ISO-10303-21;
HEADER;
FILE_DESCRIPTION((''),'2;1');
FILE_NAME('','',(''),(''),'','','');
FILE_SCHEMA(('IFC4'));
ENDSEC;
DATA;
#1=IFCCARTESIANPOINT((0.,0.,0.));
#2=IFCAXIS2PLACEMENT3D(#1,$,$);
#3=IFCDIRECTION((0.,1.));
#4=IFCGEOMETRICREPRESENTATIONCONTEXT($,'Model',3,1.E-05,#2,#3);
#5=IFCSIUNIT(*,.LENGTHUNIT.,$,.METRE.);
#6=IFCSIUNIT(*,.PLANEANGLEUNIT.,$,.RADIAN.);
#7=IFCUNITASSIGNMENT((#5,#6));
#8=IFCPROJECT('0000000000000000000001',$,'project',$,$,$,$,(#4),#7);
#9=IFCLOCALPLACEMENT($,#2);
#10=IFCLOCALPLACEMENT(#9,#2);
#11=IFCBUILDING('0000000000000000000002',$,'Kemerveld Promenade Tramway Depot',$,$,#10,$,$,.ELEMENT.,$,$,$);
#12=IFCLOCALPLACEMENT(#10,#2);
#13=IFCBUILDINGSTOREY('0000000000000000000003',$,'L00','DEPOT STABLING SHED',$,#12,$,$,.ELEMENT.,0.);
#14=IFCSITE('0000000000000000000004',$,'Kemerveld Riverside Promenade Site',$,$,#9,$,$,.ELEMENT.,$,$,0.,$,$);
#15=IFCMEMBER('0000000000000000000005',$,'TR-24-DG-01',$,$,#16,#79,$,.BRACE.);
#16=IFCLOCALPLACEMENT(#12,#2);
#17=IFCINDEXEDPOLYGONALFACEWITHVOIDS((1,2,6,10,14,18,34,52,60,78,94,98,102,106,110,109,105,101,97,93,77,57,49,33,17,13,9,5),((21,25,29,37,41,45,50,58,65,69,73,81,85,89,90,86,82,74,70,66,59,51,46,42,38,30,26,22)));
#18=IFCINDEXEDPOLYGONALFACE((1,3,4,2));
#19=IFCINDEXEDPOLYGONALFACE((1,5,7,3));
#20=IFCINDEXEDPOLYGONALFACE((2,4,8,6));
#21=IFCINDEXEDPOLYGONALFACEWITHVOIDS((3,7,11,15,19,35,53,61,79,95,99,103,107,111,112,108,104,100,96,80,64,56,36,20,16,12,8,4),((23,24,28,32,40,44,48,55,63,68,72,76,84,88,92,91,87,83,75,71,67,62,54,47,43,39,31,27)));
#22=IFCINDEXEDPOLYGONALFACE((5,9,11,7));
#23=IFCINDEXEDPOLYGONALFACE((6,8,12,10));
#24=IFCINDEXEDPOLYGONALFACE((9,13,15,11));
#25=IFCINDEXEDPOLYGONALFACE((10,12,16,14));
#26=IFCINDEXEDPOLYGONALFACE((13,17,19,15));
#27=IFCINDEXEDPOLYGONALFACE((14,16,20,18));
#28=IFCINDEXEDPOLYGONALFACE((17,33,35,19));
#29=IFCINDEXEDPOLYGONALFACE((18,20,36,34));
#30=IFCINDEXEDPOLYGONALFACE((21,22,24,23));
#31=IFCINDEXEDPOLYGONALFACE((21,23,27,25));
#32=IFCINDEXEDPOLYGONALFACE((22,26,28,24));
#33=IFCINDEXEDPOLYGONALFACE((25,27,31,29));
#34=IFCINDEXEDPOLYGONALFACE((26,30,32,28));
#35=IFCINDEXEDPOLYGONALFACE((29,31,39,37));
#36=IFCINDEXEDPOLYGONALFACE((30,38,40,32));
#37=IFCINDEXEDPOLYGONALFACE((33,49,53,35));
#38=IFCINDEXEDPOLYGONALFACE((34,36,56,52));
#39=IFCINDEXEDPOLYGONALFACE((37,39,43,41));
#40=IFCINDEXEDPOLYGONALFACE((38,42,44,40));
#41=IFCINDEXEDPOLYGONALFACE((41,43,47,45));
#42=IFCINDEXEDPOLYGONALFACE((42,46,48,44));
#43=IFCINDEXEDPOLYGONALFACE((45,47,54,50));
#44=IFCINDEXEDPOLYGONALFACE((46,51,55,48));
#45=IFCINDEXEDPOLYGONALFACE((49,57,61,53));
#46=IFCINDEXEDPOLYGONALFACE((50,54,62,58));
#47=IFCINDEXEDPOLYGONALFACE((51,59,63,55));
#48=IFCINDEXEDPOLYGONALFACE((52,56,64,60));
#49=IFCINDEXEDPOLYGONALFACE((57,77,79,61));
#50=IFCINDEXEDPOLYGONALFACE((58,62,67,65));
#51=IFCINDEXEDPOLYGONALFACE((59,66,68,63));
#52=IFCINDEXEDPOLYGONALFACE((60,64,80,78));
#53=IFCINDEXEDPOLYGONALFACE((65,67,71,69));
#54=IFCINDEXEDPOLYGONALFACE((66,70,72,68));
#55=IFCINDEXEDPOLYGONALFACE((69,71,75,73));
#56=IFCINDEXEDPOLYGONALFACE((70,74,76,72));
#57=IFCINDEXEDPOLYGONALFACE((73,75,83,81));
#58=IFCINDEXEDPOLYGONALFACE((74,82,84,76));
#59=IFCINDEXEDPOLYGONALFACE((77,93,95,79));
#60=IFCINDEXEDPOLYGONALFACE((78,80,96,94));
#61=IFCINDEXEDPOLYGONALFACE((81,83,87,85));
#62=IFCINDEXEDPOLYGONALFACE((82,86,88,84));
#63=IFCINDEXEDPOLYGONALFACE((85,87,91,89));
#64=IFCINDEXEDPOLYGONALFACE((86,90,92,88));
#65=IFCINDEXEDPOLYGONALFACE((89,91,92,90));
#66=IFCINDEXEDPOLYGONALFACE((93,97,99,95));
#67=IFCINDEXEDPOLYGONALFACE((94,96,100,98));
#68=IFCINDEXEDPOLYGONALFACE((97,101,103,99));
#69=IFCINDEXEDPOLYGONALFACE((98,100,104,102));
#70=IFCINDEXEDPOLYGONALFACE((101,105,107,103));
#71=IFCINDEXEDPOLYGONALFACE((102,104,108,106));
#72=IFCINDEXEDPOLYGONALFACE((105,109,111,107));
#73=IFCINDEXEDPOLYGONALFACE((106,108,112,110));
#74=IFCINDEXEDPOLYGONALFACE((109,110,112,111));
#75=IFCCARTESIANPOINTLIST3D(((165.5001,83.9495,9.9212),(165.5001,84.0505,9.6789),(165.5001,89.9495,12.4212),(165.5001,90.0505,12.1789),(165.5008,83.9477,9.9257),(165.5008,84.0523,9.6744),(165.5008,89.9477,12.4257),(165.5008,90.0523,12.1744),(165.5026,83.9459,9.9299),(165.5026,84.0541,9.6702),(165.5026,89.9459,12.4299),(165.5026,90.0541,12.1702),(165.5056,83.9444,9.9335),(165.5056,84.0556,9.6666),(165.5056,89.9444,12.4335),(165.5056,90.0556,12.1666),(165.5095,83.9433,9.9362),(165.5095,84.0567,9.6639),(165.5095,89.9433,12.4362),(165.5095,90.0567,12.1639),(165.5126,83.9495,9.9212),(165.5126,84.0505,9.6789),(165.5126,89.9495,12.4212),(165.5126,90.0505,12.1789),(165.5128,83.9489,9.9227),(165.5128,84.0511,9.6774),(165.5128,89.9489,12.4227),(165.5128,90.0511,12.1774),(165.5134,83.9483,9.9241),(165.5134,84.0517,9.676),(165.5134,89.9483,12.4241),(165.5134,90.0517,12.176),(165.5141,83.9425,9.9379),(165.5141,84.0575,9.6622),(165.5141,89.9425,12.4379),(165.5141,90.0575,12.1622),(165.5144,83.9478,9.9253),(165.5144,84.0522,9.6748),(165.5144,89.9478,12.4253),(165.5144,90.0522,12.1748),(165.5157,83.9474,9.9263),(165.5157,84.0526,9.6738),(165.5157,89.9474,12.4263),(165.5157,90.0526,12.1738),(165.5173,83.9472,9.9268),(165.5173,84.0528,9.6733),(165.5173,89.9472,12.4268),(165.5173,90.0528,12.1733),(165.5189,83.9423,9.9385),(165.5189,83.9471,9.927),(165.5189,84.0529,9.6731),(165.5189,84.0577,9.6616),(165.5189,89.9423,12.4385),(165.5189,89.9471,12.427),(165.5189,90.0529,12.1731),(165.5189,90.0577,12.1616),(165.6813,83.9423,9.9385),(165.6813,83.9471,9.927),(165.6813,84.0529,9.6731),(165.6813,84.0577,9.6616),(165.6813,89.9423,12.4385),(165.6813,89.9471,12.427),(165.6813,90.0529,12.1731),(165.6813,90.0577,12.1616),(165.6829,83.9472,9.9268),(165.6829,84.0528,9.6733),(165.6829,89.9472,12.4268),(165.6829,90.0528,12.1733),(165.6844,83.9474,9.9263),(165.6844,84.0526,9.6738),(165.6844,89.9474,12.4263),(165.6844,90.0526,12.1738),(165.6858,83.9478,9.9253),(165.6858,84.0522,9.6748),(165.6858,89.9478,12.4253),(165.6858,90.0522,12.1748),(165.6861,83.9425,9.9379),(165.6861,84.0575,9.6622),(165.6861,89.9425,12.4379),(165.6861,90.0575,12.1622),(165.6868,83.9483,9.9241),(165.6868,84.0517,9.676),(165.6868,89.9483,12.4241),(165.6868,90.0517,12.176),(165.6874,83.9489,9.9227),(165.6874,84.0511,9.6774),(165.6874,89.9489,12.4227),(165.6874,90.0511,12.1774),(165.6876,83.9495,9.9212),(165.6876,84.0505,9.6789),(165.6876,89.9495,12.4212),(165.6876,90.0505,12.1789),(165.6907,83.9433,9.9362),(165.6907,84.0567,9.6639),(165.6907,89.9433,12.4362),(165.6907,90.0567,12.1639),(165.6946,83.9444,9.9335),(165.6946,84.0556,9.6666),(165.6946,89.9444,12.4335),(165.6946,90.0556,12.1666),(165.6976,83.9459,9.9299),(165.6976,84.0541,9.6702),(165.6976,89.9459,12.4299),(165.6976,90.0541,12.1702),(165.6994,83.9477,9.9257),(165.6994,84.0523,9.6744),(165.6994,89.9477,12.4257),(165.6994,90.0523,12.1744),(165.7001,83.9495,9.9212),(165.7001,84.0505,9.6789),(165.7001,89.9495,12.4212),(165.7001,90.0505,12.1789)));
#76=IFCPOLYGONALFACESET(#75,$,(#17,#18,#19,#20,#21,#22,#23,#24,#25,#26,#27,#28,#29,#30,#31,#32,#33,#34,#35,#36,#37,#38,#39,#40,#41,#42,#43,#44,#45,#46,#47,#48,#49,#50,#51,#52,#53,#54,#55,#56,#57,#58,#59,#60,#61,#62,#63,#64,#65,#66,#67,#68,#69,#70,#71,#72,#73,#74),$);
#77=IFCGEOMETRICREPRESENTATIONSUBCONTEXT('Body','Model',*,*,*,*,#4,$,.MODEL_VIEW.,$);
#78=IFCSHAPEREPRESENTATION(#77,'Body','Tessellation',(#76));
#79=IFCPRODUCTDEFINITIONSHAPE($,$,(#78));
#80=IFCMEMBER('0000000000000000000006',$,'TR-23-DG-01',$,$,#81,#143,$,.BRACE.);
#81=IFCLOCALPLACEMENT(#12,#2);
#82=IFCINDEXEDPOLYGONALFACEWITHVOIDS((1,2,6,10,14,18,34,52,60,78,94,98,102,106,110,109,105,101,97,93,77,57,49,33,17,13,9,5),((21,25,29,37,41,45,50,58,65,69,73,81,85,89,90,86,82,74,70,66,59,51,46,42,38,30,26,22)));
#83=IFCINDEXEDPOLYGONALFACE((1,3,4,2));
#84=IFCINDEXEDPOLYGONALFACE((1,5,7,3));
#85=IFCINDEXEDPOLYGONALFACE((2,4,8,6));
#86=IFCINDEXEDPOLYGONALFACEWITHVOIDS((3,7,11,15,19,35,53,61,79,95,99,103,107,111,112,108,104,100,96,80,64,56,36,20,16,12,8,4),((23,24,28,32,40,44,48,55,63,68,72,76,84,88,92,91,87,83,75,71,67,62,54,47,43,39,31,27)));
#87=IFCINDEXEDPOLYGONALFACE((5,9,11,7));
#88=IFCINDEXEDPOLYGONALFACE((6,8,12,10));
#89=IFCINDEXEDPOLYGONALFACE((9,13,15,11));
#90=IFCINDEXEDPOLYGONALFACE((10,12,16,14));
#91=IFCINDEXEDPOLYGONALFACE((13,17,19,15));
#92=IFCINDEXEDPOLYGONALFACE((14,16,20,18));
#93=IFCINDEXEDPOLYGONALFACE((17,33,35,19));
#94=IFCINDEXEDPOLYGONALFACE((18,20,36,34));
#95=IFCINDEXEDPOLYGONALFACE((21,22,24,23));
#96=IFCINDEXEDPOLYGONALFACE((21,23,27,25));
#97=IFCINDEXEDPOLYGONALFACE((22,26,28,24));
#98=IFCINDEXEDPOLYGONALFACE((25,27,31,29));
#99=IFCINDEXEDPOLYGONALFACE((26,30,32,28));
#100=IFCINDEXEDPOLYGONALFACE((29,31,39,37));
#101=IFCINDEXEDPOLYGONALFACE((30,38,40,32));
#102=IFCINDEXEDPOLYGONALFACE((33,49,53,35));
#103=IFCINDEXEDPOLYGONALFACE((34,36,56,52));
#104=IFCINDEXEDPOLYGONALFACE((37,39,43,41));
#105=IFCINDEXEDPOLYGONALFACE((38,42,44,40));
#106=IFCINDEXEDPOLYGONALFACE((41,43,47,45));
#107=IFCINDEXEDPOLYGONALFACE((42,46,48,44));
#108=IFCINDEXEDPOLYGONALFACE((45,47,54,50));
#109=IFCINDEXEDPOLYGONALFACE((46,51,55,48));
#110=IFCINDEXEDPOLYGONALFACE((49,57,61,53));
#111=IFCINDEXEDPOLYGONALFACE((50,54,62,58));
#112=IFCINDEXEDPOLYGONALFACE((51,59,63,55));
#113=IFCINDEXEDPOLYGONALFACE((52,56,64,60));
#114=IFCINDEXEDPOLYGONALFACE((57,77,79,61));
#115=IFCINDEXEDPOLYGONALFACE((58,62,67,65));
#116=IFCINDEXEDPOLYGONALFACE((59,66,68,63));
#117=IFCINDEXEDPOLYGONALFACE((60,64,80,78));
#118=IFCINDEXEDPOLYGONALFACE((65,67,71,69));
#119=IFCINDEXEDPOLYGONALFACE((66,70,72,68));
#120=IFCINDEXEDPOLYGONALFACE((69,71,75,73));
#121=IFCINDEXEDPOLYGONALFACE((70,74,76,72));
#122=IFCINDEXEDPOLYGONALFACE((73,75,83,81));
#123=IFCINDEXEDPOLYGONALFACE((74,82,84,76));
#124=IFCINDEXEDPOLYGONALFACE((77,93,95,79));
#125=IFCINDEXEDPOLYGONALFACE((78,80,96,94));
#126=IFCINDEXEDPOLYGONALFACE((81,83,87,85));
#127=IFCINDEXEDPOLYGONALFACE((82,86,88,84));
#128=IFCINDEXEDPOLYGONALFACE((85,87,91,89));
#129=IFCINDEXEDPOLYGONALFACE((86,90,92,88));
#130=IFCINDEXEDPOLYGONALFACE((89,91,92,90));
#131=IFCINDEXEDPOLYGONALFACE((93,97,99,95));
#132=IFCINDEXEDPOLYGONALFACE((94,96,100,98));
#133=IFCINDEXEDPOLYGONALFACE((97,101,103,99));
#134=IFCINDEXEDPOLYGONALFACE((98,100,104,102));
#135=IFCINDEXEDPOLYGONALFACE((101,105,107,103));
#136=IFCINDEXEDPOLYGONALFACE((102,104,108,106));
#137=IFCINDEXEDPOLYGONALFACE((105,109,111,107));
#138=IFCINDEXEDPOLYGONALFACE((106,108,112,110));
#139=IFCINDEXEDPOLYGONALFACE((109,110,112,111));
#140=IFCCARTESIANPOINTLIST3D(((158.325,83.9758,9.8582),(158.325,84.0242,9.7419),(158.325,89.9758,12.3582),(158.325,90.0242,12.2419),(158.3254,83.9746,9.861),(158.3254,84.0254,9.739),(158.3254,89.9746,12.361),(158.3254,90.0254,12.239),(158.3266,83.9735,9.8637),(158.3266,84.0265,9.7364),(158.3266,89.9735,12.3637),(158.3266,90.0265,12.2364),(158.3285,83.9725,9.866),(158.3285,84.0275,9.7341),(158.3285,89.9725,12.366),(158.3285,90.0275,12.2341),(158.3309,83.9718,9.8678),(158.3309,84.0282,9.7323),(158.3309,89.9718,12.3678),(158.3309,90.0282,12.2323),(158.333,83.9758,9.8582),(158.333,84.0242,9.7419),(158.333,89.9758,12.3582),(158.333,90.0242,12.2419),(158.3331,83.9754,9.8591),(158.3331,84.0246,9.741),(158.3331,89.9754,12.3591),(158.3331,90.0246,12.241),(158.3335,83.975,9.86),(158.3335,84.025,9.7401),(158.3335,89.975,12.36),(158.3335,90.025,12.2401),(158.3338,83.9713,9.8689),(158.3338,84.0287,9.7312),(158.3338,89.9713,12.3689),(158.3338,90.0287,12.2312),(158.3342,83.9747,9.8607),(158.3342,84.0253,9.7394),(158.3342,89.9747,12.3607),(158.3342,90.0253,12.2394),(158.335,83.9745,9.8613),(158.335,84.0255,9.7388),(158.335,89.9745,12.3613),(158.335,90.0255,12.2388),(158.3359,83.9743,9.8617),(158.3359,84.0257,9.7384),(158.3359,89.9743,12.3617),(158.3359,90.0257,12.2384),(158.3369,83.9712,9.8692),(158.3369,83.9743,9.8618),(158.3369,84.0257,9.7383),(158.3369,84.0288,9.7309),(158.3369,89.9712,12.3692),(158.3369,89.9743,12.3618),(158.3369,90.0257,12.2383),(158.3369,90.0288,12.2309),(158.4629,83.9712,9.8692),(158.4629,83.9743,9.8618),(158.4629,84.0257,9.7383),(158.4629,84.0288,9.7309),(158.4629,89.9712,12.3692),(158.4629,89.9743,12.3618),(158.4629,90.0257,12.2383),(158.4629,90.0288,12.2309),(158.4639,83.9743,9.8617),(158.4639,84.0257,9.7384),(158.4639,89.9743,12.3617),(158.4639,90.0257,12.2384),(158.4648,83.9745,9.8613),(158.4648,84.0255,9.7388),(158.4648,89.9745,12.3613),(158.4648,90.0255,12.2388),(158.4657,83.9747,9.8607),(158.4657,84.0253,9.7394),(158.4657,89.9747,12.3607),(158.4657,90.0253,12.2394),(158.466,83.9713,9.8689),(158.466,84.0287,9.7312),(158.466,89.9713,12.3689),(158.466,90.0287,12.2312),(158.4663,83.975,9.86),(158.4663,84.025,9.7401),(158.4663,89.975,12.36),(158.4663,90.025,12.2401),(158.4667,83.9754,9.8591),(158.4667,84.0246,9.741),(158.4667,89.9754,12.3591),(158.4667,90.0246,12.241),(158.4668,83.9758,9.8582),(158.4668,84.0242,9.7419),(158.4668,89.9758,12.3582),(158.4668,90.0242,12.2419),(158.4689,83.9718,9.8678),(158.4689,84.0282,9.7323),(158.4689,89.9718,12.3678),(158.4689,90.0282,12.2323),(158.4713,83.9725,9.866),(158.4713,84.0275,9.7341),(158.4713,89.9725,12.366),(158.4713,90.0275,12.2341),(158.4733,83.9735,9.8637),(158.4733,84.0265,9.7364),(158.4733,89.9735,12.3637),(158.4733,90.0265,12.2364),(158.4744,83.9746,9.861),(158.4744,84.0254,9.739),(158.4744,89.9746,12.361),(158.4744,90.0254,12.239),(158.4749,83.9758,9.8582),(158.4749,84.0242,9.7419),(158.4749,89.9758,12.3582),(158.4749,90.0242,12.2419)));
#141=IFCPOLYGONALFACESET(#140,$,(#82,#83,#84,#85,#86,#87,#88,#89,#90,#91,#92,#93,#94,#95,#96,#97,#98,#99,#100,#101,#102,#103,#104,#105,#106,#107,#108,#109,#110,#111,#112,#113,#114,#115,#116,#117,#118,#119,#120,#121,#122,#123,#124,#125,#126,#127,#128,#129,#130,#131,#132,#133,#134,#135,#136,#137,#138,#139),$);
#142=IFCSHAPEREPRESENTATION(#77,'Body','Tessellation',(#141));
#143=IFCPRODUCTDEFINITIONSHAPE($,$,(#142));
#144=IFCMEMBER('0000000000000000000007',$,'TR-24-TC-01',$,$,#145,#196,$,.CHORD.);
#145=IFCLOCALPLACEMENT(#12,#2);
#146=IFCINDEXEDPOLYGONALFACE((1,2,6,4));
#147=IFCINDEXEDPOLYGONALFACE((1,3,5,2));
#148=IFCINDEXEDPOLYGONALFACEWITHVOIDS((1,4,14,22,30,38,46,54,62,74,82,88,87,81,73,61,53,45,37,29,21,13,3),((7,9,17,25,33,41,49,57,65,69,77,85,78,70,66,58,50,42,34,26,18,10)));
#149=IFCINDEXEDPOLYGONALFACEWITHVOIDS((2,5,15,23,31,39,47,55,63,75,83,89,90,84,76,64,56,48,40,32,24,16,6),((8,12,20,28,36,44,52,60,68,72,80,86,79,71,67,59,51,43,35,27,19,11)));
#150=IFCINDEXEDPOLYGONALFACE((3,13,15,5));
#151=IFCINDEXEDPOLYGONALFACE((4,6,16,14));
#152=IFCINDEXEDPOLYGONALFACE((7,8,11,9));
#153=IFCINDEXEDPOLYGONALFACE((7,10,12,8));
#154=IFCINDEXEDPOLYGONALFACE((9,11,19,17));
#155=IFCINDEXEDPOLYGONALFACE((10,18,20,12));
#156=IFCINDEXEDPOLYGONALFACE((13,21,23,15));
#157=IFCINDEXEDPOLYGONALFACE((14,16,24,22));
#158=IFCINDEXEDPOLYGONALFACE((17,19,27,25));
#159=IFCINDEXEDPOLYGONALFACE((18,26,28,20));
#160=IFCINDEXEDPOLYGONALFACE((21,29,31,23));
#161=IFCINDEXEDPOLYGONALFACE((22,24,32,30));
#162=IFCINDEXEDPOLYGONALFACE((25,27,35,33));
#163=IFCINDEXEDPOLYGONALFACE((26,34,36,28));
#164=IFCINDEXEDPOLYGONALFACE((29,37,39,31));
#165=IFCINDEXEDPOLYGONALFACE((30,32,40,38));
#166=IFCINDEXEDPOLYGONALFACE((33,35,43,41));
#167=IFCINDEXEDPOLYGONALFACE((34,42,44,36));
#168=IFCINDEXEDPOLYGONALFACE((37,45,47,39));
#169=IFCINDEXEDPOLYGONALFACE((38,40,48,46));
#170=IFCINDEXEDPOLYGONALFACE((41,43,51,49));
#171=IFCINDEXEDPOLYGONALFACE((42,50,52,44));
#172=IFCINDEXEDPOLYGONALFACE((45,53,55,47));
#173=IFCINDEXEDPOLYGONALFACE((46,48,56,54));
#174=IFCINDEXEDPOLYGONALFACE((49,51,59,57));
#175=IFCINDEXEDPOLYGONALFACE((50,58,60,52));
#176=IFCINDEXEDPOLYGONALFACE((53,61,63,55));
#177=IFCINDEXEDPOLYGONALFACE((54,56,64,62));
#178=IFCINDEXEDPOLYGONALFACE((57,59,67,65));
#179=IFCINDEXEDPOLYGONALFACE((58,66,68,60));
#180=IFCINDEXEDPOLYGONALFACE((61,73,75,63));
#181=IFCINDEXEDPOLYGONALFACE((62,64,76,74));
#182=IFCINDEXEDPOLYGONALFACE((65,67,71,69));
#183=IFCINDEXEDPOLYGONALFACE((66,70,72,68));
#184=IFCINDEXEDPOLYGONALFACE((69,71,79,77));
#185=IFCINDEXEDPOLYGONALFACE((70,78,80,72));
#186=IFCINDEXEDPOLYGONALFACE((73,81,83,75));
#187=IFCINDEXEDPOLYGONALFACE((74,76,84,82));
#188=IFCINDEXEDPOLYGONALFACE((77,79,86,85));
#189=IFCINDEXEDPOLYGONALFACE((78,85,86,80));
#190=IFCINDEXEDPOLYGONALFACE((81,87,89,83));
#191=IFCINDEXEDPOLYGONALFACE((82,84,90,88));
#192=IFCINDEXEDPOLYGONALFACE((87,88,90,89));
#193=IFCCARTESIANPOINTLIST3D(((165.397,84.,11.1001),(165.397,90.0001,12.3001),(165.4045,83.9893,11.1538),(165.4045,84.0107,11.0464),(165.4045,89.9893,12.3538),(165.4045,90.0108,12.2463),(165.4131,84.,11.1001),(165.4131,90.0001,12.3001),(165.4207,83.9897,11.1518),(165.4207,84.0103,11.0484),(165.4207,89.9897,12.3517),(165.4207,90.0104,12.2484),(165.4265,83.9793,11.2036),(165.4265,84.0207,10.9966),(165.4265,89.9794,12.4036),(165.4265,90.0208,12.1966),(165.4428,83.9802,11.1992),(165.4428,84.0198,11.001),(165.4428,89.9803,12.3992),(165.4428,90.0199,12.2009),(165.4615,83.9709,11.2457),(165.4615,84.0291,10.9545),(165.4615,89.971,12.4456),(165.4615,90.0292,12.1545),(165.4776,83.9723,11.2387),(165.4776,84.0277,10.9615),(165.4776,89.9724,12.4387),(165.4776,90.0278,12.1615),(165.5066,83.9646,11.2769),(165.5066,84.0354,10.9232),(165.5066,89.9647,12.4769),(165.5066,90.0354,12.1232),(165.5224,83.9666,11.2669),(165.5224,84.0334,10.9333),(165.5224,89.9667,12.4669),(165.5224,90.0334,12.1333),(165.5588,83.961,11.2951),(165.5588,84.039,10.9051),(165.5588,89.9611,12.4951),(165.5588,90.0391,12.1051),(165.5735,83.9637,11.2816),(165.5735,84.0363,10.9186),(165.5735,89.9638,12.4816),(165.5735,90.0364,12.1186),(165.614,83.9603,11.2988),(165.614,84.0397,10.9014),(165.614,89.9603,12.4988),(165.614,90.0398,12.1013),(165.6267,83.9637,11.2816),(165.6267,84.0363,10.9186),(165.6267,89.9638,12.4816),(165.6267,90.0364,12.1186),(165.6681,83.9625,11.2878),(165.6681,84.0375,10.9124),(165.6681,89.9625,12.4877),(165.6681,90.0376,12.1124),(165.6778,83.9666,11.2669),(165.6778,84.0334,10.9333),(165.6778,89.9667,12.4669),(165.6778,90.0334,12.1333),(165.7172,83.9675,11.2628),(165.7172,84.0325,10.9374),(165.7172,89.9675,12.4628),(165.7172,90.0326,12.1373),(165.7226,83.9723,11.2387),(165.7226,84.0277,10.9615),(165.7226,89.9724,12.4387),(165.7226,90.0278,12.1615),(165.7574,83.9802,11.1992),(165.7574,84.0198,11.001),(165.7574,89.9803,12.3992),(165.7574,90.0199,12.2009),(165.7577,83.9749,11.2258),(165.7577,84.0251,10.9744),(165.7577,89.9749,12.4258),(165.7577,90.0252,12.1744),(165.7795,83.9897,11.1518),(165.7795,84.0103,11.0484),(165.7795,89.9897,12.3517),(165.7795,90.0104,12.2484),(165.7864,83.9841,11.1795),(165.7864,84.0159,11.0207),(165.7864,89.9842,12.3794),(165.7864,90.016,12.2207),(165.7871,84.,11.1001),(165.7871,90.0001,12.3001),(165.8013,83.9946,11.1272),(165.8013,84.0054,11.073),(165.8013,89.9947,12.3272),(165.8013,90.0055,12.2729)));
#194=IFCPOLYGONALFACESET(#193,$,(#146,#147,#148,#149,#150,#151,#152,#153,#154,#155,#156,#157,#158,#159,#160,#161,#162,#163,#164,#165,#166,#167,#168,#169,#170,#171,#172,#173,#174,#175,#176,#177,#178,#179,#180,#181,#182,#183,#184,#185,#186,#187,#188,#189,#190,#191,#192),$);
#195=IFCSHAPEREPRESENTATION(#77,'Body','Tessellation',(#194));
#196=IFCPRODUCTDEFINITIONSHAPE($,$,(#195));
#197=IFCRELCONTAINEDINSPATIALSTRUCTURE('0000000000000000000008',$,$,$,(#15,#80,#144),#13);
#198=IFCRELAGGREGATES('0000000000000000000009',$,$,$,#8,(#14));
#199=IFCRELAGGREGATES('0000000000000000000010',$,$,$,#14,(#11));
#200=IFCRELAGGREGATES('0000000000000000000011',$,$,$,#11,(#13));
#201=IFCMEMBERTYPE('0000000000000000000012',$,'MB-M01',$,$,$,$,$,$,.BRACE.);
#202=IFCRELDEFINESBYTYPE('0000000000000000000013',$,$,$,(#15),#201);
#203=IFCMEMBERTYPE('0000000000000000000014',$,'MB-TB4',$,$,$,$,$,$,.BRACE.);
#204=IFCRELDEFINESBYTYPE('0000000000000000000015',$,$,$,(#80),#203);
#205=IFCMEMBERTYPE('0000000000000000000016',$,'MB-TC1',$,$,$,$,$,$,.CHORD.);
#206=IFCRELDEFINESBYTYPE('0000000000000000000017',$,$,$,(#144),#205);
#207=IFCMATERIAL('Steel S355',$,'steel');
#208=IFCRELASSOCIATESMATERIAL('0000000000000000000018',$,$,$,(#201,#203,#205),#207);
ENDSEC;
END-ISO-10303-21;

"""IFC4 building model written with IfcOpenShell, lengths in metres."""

from ifc_helpers import new_model, si_unit, direction, frame, origin, origin_2d, place, context, subcontext, project, spatial, hollow_rectangle, hollow_circle, extrude, material, material_profile, profile_set, type_object, element, save


model = new_model("IFC4")

# Units and contexts
model_context = context("Model", 3, precision=1e-05, world=origin(), true_north=direction((0.0, 1.0)))
body_context = subcontext(model_context, "Body", "Model", "MODEL_VIEW")
ifc_project = project(units=[si_unit("LENGTHUNIT", "METRE"), si_unit("PLANEANGLEUNIT", "RADIAN")], contexts=[model_context])

# Site, building, storey
site_placement = place(None, origin())
site = spatial("IfcSite", under=ifc_project, at=site_placement, Name="Kemerveld Riverside Promenade Site", CompositionType="ELEMENT", RefElevation=0.0)
building_placement = place(site_placement, origin())
building = spatial("IfcBuilding", under=site, at=building_placement, Name="Kemerveld Promenade Tramway Depot", CompositionType="ELEMENT")
storey_placement = place(building_placement, origin())
storey = spatial("IfcBuildingStorey", under=building, at=storey_placement, Name="L00", Description="DEPOT STABLING SHED", CompositionType="ELEMENT", Elevation=0.0)

# Shared definitions
ifc_material_1 = material(Name="Steel S355", Category="steel")

# Members
ifc_material_profile_1 = material_profile(ifc_material_1, hollow_rectangle(XDim=0.2, YDim=0.3, WallThickness=0.0125, InnerFilletRadius=0.0063, OuterFilletRadius=0.0188, at=origin_2d()), Name="300x200x12.5 RHS")
ifc_profile_set_1 = profile_set([ifc_material_profile_1], Name="Steel S355")
member_type_1 = type_object("IfcMemberType", Name="MB-M01", PredefinedType="BRACE", material=ifc_profile_set_1)
member_1_placement = place(storey_placement, frame((165.6001, 84.0, 9.8), z_axis=(0.0, 0.923077, 0.384615), x_axis=(-1.0, 0.0, 0.0)))
element("IfcMember", 1, at=member_1_placement, inside=storey, type_object=member_type_1, Name="TR-24-DG-01", PredefinedType="BRACE", context=body_context, shape_type="SweptSolid", body=[
    extrude(hollow_rectangle(XDim=0.2, YDim=0.3, WallThickness=0.0125, InnerFilletRadius=0.0063, OuterFilletRadius=0.0188, at=origin_2d()), origin(), (0.0, 0.0, 1.0), 6.5),
])
ifc_material_profile_2 = material_profile(ifc_material_1, hollow_rectangle(XDim=0.1499, YDim=0.1499, WallThickness=0.0081, InnerFilletRadius=0.0039, OuterFilletRadius=0.012, at=origin_2d()), Name="150x150x8.0 SHS")
ifc_profile_set_2 = profile_set([ifc_material_profile_2], Name="Steel S355")
member_type_2 = type_object("IfcMemberType", Name="MB-TB4", PredefinedType="BRACE", material=ifc_profile_set_2)
member_2_placement = place(storey_placement, frame((158.3999, 84.0, 9.8), z_axis=(0.0, 0.923077, 0.384615), x_axis=(-1.0, 0.0, 0.0)))
element("IfcMember", 2, at=member_2_placement, inside=storey, type_object=member_type_2, Name="TR-23-DG-01", PredefinedType="BRACE", context=body_context, shape_type="SweptSolid", body=[
    extrude(hollow_rectangle(XDim=0.1499, YDim=0.1499, WallThickness=0.0081, InnerFilletRadius=0.0039, OuterFilletRadius=0.012, at=origin_2d()), origin(), (0.0, 0.0, 1.0), 6.5),
])
ifc_material_profile_3 = material_profile(ifc_material_1, hollow_circle(Radius=0.2031, WallThickness=0.0161, at=origin_2d()), Name="406.4x16.0 CHS")
ifc_profile_set_3 = profile_set([ifc_material_profile_3], Name="Steel S355")
member_type_3 = type_object("IfcMemberType", Name="MB-TC1", PredefinedType="CHORD", material=ifc_profile_set_3)
member_3_placement = place(storey_placement, frame((165.6001, 84.0, 11.1001), z_axis=(0.0, 0.980582, 0.196108), x_axis=(-1.0, 0.0, 0.0)))
element("IfcMember", 3, at=member_3_placement, inside=storey, type_object=member_type_3, Name="TR-24-TC-01", PredefinedType="CHORD", context=body_context, shape_type="SweptSolid", body=[
    extrude(hollow_circle(Radius=0.2031, WallThickness=0.0161, at=origin_2d()), origin(), (0.0, 0.0, 1.0), 6.1189),
])

save(model, "model.ifc")
